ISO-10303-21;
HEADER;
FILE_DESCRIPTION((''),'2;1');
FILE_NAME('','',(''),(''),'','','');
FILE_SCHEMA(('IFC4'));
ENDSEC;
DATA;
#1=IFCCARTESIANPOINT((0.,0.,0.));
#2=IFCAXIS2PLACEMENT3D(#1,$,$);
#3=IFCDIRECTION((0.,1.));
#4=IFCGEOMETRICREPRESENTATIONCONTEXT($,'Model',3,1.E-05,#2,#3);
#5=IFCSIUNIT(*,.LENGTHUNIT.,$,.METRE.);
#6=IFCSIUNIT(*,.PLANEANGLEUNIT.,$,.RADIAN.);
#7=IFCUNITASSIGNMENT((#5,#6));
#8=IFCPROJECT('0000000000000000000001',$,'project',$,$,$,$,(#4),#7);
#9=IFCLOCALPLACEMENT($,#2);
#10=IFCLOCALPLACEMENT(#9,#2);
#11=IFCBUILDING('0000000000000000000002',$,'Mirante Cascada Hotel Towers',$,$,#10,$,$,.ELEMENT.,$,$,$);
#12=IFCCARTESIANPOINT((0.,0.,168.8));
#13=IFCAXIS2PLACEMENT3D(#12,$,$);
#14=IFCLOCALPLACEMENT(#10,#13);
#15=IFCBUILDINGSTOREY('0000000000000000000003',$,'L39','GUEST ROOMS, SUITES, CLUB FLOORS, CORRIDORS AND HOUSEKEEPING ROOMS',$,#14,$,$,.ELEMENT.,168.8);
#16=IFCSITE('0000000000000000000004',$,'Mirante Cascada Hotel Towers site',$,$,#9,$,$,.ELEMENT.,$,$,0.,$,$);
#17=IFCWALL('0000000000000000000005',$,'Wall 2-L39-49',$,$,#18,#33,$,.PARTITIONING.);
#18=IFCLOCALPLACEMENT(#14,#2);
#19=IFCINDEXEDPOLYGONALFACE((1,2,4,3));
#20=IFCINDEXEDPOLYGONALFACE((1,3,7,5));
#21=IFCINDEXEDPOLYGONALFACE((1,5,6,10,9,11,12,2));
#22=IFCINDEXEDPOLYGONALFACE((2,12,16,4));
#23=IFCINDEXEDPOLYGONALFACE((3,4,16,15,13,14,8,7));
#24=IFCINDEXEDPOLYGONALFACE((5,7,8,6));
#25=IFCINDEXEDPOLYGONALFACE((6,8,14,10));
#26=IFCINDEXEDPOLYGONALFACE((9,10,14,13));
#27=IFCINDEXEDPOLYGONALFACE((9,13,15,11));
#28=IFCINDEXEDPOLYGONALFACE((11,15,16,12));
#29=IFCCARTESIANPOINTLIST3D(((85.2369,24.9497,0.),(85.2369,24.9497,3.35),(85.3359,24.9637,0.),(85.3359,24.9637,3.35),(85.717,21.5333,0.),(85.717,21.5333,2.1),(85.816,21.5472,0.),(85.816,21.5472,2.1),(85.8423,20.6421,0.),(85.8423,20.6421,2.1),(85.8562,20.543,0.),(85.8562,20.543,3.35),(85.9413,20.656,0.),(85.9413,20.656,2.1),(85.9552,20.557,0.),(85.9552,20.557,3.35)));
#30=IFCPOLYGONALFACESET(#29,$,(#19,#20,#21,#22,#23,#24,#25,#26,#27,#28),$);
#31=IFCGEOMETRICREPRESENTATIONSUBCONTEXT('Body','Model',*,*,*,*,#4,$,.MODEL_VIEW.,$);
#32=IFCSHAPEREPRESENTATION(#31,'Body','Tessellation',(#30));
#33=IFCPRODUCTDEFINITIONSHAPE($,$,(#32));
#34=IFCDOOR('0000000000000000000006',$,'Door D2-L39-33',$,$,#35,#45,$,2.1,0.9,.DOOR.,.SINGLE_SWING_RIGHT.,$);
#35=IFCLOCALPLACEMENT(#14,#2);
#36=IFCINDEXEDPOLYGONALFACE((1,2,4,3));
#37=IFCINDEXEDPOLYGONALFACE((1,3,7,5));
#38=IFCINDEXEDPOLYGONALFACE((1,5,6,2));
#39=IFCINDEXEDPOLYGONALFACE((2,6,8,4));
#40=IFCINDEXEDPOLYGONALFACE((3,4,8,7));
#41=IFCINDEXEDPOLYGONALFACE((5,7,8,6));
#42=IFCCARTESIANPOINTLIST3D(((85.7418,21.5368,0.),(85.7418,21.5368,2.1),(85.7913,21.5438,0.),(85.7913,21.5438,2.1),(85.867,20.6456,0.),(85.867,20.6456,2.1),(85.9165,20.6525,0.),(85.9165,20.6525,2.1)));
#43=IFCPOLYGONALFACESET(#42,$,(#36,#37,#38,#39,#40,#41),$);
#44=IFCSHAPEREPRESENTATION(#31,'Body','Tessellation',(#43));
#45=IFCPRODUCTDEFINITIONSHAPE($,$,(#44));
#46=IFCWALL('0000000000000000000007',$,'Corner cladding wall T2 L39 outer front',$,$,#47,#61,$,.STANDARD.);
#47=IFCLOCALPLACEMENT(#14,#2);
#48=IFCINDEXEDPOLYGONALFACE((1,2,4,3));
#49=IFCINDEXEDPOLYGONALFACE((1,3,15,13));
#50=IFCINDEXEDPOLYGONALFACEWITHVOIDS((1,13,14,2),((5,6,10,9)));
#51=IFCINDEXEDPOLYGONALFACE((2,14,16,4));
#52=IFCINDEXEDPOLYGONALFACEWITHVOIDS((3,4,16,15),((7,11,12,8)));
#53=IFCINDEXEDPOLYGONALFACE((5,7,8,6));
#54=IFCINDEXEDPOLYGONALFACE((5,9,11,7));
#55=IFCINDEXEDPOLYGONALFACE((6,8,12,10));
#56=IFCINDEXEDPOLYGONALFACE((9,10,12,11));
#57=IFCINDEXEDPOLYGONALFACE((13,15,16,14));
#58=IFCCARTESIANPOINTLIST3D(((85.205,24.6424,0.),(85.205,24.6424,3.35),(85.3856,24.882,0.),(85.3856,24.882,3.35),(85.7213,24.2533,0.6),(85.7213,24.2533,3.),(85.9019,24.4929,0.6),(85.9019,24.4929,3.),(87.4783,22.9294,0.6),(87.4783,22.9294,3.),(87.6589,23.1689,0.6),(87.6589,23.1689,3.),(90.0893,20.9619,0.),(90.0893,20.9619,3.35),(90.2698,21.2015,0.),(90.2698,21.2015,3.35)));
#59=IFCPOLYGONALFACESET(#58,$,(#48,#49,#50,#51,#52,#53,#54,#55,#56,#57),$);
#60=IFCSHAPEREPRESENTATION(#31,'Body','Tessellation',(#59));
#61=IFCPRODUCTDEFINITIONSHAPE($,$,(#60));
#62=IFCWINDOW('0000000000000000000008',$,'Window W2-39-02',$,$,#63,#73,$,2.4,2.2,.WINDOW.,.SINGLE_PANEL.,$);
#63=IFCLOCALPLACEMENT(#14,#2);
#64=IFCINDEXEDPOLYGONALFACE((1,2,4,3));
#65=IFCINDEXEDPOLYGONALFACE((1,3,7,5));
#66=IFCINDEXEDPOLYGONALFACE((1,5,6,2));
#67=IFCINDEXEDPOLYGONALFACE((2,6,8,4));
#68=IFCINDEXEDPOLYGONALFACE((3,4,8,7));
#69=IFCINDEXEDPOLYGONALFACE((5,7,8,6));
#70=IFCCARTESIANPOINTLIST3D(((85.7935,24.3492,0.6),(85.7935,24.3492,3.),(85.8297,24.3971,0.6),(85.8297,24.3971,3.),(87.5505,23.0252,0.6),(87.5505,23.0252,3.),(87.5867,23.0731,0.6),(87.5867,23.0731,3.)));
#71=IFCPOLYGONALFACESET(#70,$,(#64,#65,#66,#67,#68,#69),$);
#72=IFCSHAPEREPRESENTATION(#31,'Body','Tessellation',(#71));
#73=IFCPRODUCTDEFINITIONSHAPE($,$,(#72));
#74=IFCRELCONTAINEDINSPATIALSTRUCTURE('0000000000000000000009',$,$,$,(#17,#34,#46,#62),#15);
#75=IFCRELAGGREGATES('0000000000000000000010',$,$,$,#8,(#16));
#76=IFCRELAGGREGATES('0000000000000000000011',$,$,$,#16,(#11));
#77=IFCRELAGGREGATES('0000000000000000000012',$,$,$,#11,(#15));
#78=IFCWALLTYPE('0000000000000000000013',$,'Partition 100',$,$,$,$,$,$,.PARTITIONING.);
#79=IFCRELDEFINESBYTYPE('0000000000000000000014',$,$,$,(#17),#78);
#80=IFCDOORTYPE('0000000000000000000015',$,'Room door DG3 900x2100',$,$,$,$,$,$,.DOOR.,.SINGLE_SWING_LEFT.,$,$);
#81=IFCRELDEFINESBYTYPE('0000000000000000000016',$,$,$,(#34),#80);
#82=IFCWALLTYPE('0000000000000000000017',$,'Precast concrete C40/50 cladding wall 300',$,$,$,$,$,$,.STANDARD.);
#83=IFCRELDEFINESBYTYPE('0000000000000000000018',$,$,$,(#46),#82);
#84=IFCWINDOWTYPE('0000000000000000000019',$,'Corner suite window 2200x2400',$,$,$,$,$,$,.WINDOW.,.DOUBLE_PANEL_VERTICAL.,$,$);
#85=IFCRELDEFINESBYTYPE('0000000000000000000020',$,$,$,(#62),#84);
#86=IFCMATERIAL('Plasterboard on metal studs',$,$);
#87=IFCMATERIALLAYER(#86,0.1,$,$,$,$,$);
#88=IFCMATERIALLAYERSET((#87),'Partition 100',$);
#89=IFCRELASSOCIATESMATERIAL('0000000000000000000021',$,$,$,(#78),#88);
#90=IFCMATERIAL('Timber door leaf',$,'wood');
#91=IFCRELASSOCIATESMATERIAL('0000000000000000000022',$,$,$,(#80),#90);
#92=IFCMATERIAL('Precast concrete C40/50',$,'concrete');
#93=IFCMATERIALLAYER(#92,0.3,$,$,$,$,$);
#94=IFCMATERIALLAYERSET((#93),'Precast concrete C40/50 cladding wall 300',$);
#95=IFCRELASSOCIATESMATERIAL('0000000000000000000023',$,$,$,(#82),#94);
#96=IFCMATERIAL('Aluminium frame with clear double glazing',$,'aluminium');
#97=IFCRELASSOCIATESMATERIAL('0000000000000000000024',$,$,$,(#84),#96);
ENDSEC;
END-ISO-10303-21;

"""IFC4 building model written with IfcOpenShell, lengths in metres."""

from ifc_helpers import new_model, si_unit, direction, frame, frame_2d, origin, place, context, subcontext, project, spatial, rectangle, extrude, material, layer, layer_set, type_object, element, fill, save


model = new_model("IFC4")

# Units and contexts
model_context = context("Model", 3, precision=1e-05, world=origin(), true_north=direction((0.0, 1.0)))
body_context = subcontext(model_context, "Body", "Model", "MODEL_VIEW")
ifc_project = project(units=[si_unit("LENGTHUNIT", "METRE"), si_unit("PLANEANGLEUNIT", "RADIAN")], contexts=[model_context])

# Site, building, storey
site_placement = place(None, origin())
site = spatial("IfcSite", under=ifc_project, at=site_placement, Name="Mirante Cascada Hotel Towers site", CompositionType="ELEMENT", RefElevation=0.0)
building_placement = place(site_placement, origin())
building = spatial("IfcBuilding", under=site, at=building_placement, Name="Mirante Cascada Hotel Towers", CompositionType="ELEMENT")
storey_placement = place(building_placement, frame((0.0, 0.0, 168.8)))
storey = spatial("IfcBuildingStorey", under=building, at=storey_placement, Name="L39", Description="GUEST ROOMS, SUITES, CLUB FLOORS, CORRIDORS AND HOUSEKEEPING ROOMS", CompositionType="ELEMENT", Elevation=168.8)

# Shared definitions
ifc_material_1 = material(Name="Plasterboard on metal studs")
ifc_layer_1 = layer(ifc_material_1, 0.1)
ifc_layer_set_1 = layer_set([ifc_layer_1], Name="Partition 100")
wall_type_1 = type_object("IfcWallType", Name="Partition 100", PredefinedType="PARTITIONING", material=ifc_layer_set_1)

# Wall, opening, door
wall_1_placement = place(storey_placement, frame((85.2864, 24.9567, 0.0), z_axis=(0.0, 0.0, 1.0), x_axis=(0.139168, -0.990269, 0.0)))
wall_1 = element("IfcWall", 1, at=wall_1_placement, inside=storey, type_object=wall_type_1, Name="Wall 2-L39-49", PredefinedType="PARTITIONING", context=body_context, shape_type="SweptSolid", body=[
    extrude(rectangle(XDim=4.45, YDim=0.1, at=frame_2d((2.225, 0.0))), origin(), (0.0, 0.0, 1.0), 3.35),
])
opening_1_placement = place(wall_1_placement, frame((3.45, 0.0, 0.0)))
opening_1 = element("IfcOpeningElement", 2, at=opening_1_placement, cuts=wall_1, PredefinedType="OPENING", context=body_context, shape_type="SweptSolid", body=[
    extrude(rectangle(XDim=0.9, YDim=2.1, at=frame_2d((0.45, 1.05))), frame((0.0, 0.05, 0.0), z_axis=(0.0, -1.0, 0.0), x_axis=(1.0, 0.0, 0.0)), (0.0, 0.0, 1.0), 0.1),
])
ifc_material_2 = material(Name="Timber door leaf", Category="wood")
door_type = type_object("IfcDoorType", Name="Room door DG3 900x2100", OperationType="SINGLE_SWING_LEFT", PredefinedType="DOOR", material=ifc_material_2)
door_placement = place(opening_1_placement, frame((0.9, 0.0, 0.0), z_axis=(0.0, 0.0, 1.0), x_axis=(-1.0, 0.0, 0.0)))
door = element("IfcDoor", 3, at=door_placement, inside=storey, type_object=door_type, Name="Door D2-L39-33", OperationType="SINGLE_SWING_RIGHT", OverallHeight=2.1, OverallWidth=0.9, PredefinedType="DOOR", context=body_context, shape_type="SweptSolid", body=[
    extrude(rectangle(XDim=0.9, YDim=2.1, at=frame_2d((0.45, 1.05))), frame((0.0, 0.025, 0.0), z_axis=(0.0, -1.0, 0.0), x_axis=(1.0, 0.0, 0.0)), (0.0, 0.0, 1.0), 0.05),
])
fill(opening_1, door)

# Wall, opening, window
ifc_material_3 = material(Name="Precast concrete C40/50", Category="concrete")
ifc_layer_2 = layer(ifc_material_3, 0.3)
ifc_layer_set_2 = layer_set([ifc_layer_2], Name="Precast concrete C40/50 cladding wall 300")
wall_type_2 = type_object("IfcWallType", Name="Precast concrete C40/50 cladding wall 300", PredefinedType="STANDARD", material=ifc_layer_set_2)
wall_2_placement = place(storey_placement, frame((90.1795, 21.0817, 0.0), z_axis=(0.0, 0.0, 1.0), x_axis=(-0.798636, 0.601814, 0.0)))
wall_2 = element("IfcWall", 4, at=wall_2_placement, inside=storey, type_object=wall_type_2, Name="Corner cladding wall T2 L39 outer front", PredefinedType="STANDARD", context=body_context, shape_type="SweptSolid", body=[
    extrude(rectangle(XDim=6.1157, YDim=0.3, at=frame_2d((3.0578, 0.0))), origin(), (0.0, 0.0, 1.0), 3.35),
])
opening_2_placement = place(wall_2_placement, frame((3.2692, 0.0, 0.6)))
opening_2 = element("IfcOpeningElement", 5, at=opening_2_placement, cuts=wall_2, PredefinedType="OPENING", context=body_context, shape_type="SweptSolid", body=[
    extrude(rectangle(XDim=2.2, YDim=2.4, at=frame_2d((1.1, 1.2))), frame((0.0, 0.15, 0.0), z_axis=(0.0, -1.0, 0.0), x_axis=(1.0, 0.0, 0.0)), (0.0, 0.0, 1.0), 0.3),
])
ifc_material_4 = material(Name="Aluminium frame with clear double glazing", Category="aluminium")
window_type = type_object("IfcWindowType", Name="Corner suite window 2200x2400", PartitioningType="DOUBLE_PANEL_VERTICAL", PredefinedType="WINDOW", material=ifc_material_4)
window_placement = place(opening_2_placement, origin())
window = element("IfcWindow", 6, at=window_placement, inside=storey, type_object=window_type, Name="Window W2-39-02", OverallHeight=2.4, OverallWidth=2.2, PartitioningType="SINGLE_PANEL", PredefinedType="WINDOW", context=body_context, shape_type="SweptSolid", body=[
    extrude(rectangle(XDim=2.2, YDim=2.4, at=frame_2d((1.1, 1.2))), frame((0.0, 0.03, 0.0), z_axis=(0.0, -1.0, 0.0), x_axis=(1.0, 0.0, 0.0)), (0.0, 0.0, 1.0), 0.06),
])
fill(opening_2, window)

save(model, "model.ifc")
